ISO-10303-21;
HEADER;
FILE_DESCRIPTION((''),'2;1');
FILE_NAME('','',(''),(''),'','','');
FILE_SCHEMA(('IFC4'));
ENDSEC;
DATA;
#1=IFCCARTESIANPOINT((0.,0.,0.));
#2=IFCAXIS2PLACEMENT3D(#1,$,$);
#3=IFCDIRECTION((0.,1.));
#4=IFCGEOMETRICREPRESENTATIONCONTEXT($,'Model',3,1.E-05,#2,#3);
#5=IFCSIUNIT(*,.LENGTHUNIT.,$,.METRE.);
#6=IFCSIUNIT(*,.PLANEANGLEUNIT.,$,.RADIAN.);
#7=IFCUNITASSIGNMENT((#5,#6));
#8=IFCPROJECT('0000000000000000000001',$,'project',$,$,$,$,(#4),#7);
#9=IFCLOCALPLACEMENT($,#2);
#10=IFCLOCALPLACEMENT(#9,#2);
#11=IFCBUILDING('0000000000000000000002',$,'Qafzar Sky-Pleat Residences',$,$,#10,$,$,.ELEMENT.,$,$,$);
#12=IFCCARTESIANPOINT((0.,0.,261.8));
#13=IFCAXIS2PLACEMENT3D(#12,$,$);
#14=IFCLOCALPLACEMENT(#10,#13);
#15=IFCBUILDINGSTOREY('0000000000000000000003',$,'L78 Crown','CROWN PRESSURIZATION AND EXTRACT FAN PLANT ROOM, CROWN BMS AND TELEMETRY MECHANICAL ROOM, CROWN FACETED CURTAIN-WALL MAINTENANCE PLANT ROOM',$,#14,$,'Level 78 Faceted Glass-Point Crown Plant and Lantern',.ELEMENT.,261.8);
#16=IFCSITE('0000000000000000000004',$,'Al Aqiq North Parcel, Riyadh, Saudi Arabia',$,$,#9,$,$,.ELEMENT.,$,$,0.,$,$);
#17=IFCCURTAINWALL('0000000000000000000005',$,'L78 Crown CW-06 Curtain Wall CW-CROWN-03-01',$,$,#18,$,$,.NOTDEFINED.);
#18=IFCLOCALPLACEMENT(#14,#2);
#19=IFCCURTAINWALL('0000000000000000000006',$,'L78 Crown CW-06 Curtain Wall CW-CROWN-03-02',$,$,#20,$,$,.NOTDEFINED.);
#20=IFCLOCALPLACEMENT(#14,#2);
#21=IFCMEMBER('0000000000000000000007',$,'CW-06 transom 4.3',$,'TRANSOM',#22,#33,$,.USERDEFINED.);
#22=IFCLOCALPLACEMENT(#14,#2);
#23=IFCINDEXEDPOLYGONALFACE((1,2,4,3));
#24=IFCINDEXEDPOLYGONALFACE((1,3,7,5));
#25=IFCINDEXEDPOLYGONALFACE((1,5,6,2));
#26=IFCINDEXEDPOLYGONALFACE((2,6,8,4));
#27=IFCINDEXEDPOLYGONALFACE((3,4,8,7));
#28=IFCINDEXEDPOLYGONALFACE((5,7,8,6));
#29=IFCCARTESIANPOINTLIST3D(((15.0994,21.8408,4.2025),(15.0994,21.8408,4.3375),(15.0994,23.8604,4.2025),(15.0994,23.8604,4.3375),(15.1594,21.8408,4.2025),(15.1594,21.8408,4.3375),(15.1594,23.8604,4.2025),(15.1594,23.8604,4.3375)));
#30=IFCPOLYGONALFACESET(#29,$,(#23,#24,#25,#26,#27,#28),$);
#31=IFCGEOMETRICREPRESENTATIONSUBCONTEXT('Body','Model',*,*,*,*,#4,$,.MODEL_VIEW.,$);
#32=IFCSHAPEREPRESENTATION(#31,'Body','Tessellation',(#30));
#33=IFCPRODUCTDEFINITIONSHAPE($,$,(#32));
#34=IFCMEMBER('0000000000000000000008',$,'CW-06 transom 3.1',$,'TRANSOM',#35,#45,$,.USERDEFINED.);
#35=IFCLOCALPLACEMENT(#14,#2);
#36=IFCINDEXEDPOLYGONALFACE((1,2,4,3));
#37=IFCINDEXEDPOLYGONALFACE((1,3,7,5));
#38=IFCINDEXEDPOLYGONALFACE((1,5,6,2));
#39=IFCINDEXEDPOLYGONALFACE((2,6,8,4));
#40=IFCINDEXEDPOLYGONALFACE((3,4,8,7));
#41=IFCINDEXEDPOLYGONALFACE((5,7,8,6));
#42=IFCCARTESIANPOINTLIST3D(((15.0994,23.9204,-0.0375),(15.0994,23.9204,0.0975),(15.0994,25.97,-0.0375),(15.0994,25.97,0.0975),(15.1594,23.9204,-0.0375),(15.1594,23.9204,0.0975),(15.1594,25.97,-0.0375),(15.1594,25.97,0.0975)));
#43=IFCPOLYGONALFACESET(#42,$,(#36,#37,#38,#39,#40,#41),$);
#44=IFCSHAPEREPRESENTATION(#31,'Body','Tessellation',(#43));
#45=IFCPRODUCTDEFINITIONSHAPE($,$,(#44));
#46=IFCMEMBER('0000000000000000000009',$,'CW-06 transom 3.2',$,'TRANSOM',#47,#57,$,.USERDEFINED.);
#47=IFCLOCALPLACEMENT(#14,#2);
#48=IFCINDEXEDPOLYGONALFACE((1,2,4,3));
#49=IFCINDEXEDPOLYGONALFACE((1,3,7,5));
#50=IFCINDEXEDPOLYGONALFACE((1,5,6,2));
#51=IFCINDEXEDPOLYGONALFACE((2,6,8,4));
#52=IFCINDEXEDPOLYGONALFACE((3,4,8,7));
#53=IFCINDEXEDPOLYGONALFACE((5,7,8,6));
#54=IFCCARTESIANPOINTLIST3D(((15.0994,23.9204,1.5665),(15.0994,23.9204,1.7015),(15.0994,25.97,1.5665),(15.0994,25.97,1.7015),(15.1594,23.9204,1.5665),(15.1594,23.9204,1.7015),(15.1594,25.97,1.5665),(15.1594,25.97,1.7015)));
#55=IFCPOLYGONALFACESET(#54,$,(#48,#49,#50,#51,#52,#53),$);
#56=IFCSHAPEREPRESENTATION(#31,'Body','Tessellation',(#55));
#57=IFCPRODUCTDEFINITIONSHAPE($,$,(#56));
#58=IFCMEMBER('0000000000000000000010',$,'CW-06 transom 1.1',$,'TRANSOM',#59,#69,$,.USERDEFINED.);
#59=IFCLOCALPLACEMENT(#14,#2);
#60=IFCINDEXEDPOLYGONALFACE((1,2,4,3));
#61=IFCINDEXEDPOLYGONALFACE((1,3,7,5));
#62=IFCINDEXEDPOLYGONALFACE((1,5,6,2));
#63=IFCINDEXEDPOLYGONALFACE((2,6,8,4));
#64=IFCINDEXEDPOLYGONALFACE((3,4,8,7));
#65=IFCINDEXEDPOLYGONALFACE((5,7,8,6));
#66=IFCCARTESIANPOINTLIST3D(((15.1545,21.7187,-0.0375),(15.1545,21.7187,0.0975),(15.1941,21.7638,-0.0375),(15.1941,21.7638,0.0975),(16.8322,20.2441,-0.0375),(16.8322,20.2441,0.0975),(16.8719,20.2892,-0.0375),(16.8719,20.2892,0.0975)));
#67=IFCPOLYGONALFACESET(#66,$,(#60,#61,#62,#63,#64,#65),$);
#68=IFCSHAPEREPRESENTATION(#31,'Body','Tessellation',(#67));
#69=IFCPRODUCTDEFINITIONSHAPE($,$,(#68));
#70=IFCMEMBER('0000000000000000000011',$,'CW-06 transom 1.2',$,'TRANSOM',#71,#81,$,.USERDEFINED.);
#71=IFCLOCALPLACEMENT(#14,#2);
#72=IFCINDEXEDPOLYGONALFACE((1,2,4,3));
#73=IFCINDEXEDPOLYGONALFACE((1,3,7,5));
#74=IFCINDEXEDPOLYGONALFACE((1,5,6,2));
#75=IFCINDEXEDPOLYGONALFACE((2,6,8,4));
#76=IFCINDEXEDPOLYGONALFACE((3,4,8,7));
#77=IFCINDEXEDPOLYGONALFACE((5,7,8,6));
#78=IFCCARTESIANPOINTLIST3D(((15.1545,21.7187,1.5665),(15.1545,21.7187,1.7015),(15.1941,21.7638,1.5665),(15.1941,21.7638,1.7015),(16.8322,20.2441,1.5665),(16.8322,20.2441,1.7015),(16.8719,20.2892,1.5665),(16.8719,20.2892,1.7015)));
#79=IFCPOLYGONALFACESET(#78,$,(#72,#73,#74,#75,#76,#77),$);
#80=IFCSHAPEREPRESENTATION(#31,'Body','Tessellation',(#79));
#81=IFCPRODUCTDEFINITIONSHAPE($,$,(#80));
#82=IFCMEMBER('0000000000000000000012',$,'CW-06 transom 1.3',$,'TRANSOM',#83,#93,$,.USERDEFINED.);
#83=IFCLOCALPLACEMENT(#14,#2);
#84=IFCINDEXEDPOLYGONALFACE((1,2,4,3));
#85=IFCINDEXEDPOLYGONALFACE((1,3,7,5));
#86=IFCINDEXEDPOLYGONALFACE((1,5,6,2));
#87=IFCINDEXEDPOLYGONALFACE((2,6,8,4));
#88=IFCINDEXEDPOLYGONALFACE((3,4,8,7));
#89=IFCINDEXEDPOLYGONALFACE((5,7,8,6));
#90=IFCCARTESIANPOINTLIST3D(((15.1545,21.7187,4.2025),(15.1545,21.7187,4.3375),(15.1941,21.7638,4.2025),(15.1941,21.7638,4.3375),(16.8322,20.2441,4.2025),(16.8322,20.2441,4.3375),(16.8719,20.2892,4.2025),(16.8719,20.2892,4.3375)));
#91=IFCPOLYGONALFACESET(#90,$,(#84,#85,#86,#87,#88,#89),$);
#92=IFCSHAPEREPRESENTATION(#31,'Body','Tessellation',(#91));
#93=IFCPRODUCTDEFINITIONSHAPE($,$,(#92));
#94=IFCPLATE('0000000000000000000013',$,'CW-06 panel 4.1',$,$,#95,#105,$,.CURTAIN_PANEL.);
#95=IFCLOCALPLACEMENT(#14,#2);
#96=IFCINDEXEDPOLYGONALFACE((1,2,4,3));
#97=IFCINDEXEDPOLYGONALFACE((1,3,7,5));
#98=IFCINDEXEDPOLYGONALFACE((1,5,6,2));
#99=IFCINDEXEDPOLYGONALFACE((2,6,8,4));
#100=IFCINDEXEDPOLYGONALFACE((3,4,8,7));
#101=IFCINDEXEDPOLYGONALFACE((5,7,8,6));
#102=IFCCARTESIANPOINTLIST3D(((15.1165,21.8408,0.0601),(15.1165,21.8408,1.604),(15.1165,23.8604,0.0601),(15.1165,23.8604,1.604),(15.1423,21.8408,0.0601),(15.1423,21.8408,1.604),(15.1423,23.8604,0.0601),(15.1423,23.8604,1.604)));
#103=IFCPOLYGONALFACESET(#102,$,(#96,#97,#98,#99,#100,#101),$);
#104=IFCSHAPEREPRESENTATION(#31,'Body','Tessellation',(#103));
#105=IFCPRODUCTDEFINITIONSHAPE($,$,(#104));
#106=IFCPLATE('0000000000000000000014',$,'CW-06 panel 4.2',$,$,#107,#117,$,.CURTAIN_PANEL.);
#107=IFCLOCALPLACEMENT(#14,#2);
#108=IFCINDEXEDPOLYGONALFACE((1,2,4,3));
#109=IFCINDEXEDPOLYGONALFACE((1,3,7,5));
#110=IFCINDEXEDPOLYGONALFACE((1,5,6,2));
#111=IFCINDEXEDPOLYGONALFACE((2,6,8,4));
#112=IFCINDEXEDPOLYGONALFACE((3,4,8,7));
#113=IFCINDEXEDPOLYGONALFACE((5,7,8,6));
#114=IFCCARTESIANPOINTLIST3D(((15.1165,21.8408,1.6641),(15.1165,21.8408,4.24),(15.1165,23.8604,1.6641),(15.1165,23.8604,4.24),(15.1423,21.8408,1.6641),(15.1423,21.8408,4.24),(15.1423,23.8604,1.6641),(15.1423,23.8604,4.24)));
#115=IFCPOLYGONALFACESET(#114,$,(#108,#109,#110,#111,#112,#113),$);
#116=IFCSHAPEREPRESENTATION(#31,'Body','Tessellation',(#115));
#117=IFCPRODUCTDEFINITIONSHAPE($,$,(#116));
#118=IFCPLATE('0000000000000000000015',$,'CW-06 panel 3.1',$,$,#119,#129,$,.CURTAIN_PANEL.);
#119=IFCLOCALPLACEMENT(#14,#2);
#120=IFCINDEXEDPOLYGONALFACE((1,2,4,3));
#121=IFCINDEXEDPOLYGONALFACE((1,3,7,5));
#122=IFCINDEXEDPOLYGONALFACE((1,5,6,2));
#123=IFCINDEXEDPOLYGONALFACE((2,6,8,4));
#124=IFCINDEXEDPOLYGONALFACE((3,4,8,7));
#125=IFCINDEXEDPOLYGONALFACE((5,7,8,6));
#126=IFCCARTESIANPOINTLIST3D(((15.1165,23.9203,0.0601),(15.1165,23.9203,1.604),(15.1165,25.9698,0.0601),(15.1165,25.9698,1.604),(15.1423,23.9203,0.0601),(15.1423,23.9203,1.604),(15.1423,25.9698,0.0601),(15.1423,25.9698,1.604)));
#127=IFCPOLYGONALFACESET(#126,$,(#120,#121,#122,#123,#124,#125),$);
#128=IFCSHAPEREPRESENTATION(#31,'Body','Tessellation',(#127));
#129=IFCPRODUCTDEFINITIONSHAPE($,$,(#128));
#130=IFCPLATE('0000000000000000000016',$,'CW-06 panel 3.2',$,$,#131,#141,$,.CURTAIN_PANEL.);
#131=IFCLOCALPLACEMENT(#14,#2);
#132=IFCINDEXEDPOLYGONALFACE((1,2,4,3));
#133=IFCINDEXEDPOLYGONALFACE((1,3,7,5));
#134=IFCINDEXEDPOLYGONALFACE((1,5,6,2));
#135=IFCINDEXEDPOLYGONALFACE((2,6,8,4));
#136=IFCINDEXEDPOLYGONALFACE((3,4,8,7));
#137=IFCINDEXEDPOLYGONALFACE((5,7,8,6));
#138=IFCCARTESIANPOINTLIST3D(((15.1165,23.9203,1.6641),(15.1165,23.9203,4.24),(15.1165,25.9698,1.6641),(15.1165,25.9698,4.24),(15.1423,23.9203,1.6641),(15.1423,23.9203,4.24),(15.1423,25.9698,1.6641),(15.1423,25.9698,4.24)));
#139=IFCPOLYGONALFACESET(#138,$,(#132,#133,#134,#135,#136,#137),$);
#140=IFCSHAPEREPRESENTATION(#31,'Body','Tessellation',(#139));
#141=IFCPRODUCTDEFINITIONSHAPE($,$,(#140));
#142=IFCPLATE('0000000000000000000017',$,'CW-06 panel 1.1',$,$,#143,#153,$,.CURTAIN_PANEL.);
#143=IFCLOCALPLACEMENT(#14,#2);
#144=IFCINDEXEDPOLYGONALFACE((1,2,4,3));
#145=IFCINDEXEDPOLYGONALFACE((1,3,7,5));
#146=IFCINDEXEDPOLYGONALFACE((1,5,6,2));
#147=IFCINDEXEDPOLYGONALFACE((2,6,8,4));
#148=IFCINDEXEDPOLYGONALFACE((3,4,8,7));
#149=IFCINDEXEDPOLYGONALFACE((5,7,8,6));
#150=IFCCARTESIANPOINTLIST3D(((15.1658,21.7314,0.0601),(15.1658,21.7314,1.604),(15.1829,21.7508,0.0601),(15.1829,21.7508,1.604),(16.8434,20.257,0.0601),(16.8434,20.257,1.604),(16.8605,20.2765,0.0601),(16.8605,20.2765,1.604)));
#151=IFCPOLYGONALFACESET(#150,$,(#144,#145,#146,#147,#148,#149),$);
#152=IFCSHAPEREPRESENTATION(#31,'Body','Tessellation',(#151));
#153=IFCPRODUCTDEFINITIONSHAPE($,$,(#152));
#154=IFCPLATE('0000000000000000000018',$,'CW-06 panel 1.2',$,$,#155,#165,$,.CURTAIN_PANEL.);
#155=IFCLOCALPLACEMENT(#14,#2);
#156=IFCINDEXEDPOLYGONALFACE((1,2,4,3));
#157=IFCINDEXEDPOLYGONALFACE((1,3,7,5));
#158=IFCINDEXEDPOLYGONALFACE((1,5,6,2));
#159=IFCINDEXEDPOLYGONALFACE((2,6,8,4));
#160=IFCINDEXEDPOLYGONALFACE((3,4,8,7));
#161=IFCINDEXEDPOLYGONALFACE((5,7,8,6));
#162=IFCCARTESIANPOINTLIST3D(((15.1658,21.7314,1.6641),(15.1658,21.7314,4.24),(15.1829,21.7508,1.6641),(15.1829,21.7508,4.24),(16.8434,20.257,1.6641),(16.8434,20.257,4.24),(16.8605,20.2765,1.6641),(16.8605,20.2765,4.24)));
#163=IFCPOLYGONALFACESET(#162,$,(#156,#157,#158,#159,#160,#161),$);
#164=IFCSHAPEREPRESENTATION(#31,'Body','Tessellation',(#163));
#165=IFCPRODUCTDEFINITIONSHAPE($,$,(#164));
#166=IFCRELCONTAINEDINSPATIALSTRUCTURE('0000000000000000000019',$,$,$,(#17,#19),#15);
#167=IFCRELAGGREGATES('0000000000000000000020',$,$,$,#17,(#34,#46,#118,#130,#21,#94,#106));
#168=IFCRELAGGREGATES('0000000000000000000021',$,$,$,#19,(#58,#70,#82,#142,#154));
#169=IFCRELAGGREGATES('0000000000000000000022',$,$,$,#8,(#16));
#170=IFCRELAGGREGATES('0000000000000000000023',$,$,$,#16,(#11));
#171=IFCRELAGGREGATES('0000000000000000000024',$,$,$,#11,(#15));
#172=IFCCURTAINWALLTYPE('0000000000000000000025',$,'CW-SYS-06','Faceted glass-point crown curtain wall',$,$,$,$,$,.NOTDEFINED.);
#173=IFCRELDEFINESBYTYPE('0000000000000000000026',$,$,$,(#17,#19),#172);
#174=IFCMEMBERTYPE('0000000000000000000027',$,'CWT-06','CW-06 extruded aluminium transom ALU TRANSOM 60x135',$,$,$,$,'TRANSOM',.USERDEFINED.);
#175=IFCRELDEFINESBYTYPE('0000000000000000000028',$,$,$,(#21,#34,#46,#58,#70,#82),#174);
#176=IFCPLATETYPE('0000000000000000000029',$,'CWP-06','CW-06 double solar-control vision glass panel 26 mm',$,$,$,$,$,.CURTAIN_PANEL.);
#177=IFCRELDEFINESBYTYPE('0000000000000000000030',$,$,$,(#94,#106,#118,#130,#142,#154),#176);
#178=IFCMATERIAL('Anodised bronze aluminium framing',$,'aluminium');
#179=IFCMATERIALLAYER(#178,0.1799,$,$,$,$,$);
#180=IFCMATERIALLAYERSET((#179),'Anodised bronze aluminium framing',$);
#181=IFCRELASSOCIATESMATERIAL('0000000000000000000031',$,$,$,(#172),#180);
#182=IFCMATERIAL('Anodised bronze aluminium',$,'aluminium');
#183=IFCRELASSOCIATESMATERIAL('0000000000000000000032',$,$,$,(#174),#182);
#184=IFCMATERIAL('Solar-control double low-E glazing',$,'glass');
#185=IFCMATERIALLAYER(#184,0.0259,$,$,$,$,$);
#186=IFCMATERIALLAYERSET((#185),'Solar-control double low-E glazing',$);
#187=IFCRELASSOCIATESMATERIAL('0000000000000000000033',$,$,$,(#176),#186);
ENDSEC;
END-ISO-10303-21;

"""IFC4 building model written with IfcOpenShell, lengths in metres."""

from ifc_helpers import new_model, si_unit, direction, frame, origin, origin_2d, place, context, subcontext, project, spatial, rectangle, extrude, source, transform, mapped, material, layer, layer_set, material_profile, profile_set, type_object, element, aggregate, save


model = new_model("IFC4")

# Units and contexts
model_context = context("Model", 3, precision=1e-05, world=origin(), true_north=direction((0.0, 1.0)))
body_context = subcontext(model_context, "Body", "Model", "MODEL_VIEW")
ifc_project = project(units=[si_unit("LENGTHUNIT", "METRE"), si_unit("PLANEANGLEUNIT", "RADIAN")], contexts=[model_context])

# Site, building, storey
site_placement = place(None, origin())
site = spatial("IfcSite", under=ifc_project, at=site_placement, Name="Al Aqiq North Parcel, Riyadh, Saudi Arabia", CompositionType="ELEMENT", RefElevation=0.0)
building_placement = place(site_placement, origin())
building = spatial("IfcBuilding", under=site, at=building_placement, Name="Qafzar Sky-Pleat Residences", CompositionType="ELEMENT")
storey_placement = place(building_placement, frame((0.0, 0.0, 261.8)))
storey = spatial("IfcBuildingStorey", under=building, at=storey_placement, Name="L78 Crown", Description="CROWN PRESSURIZATION AND EXTRACT FAN PLANT ROOM, CROWN BMS AND TELEMETRY MECHANICAL ROOM, CROWN FACETED CURTAIN-WALL MAINTENANCE PLANT ROOM", LongName="Level 78 Faceted Glass-Point Crown Plant and Lantern", CompositionType="ELEMENT", Elevation=261.8)

# Curtain walls
ifc_material_1 = material(Name="Anodised bronze aluminium framing", Category="aluminium")
ifc_layer_1 = layer(ifc_material_1, 0.1799)
ifc_layer_set_1 = layer_set([ifc_layer_1], Name="Anodised bronze aluminium framing")
curtain_wall_type = type_object("IfcCurtainWallType", Name="CW-SYS-06", Description="Faceted glass-point crown curtain wall", PredefinedType="NOTDEFINED", material=ifc_layer_set_1)
curtain_wall_1_placement = place(storey_placement, origin())
curtain_wall_1 = element("IfcCurtainWall", 1, at=curtain_wall_1_placement, inside=storey, type_object=curtain_wall_type, Name="L78 Crown CW-06 Curtain Wall CW-CROWN-03-01", PredefinedType="NOTDEFINED")
ifc_material_2 = material(Name="Anodised bronze aluminium", Category="aluminium")
curtain_wall_2_placement = place(storey_placement, origin())
curtain_wall_2 = element("IfcCurtainWall", 2, at=curtain_wall_2_placement, inside=storey, type_object=curtain_wall_type, Name="L78 Crown CW-06 Curtain Wall CW-CROWN-03-02", PredefinedType="NOTDEFINED")

# Members
ifc_material_profile_1 = material_profile(ifc_material_2, rectangle(XDim=0.0601, YDim=0.135, at=origin_2d()), Name="ALU TRANSOM 60x135")
ifc_profile_set_1 = profile_set([ifc_material_profile_1], Name="Anodised bronze aluminium")
member_type_1 = type_object("IfcMemberType", Name="CWT-06", Description="CW-06 extruded aluminium transom ALU TRANSOM 60x135", ElementType="TRANSOM", PredefinedType="USERDEFINED", material=ifc_profile_set_1)
shared_shape_1 = source(origin(), body_context, "Body", "SweptSolid", [
    extrude(rectangle(XDim=0.0601, YDim=0.135, at=origin_2d()), origin(), (0.0, 0.0, 1.0), 2.0195),
])
member_1_placement = place(storey_placement, frame((15.1294, 23.8604, 4.27), z_axis=(0.0, -1.0, 0.0), x_axis=(1.0, 0.0, 0.0)))
member_1 = element("IfcMember", 3, at=member_1_placement, type_object=member_type_1, Name="CW-06 transom 4.3", ObjectType="TRANSOM", PredefinedType="USERDEFINED", context=body_context, shape_type="MappedRepresentation", body=[
    mapped(shared_shape_1, transform((0.0, 0.0, 0.0), x_axis=(1.0, 0.0, 0.0), y_axis=(0.0, 1.0, 0.0), z_axis=(0.0, 0.0, 1.0), scale=1.0)),
])
shared_shape_2 = source(origin(), body_context, "Body", "SweptSolid", [
    extrude(rectangle(XDim=0.0601, YDim=0.135, at=origin_2d()), origin(), (0.0, 0.0, 1.0), 2.0496),
])
member_2_placement = place(storey_placement, frame((15.1294, 25.97, 0.03), z_axis=(0.0, -1.0, 0.0), x_axis=(1.0, 0.0, 0.0)))
member_2 = element("IfcMember", 4, at=member_2_placement, type_object=member_type_1, Name="CW-06 transom 3.1", ObjectType="TRANSOM", PredefinedType="USERDEFINED", context=body_context, shape_type="MappedRepresentation", body=[
    mapped(shared_shape_2, transform((0.0, 0.0, 0.0), x_axis=(1.0, 0.0, 0.0), y_axis=(0.0, 1.0, 0.0), z_axis=(0.0, 0.0, 1.0), scale=1.0)),
])
member_3_placement = place(storey_placement, frame((15.1294, 25.97, 1.634), z_axis=(0.0, -1.0, 0.0), x_axis=(1.0, 0.0, 0.0)))
member_3 = element("IfcMember", 5, at=member_3_placement, type_object=member_type_1, Name="CW-06 transom 3.2", ObjectType="TRANSOM", PredefinedType="USERDEFINED", context=body_context, shape_type="MappedRepresentation", body=[
    mapped(shared_shape_2, transform((0.0, 0.0, 0.0), x_axis=(1.0, 0.0, 0.0), y_axis=(0.0, 1.0, 0.0), z_axis=(0.0, 0.0, 1.0), scale=1.0)),
])
shared_shape_3 = source(origin(), body_context, "Body", "SweptSolid", [
    extrude(rectangle(XDim=0.0601, YDim=0.135, at=origin_2d()), origin(), (0.0, 0.0, 1.0), 2.2336),
])
member_4_placement = place(storey_placement, frame((15.1743, 21.7412, 0.03), z_axis=(0.751112, -0.660174, 0.0), x_axis=(0.660174, 0.751112, 0.0)))
member_4 = element("IfcMember", 6, at=member_4_placement, type_object=member_type_1, Name="CW-06 transom 1.1", ObjectType="TRANSOM", PredefinedType="USERDEFINED", context=body_context, shape_type="MappedRepresentation", body=[
    mapped(shared_shape_3, transform((0.0, 0.0, 0.0), x_axis=(1.0, 0.0, 0.0), y_axis=(0.0, 1.0, 0.0), z_axis=(0.0, 0.0, 1.0), scale=1.0)),
])
member_5_placement = place(storey_placement, frame((15.1743, 21.7412, 1.634), z_axis=(0.751112, -0.660174, 0.0), x_axis=(0.660174, 0.751112, 0.0)))
member_5 = element("IfcMember", 7, at=member_5_placement, type_object=member_type_1, Name="CW-06 transom 1.2", ObjectType="TRANSOM", PredefinedType="USERDEFINED", context=body_context, shape_type="MappedRepresentation", body=[
    mapped(shared_shape_3, transform((0.0, 0.0, 0.0), x_axis=(1.0, 0.0, 0.0), y_axis=(0.0, 1.0, 0.0), z_axis=(0.0, 0.0, 1.0), scale=1.0)),
])
member_6_placement = place(storey_placement, frame((15.1743, 21.7412, 4.27), z_axis=(0.751112, -0.660174, 0.0), x_axis=(0.660174, 0.751112, 0.0)))
member_6 = element("IfcMember", 8, at=member_6_placement, type_object=member_type_1, Name="CW-06 transom 1.3", ObjectType="TRANSOM", PredefinedType="USERDEFINED", context=body_context, shape_type="MappedRepresentation", body=[
    mapped(shared_shape_3, transform((0.0, 0.0, 0.0), x_axis=(1.0, 0.0, 0.0), y_axis=(0.0, 1.0, 0.0), z_axis=(0.0, 0.0, 1.0), scale=1.0)),
])

# Plates
ifc_material_3 = material(Name="Solar-control double low-E glazing", Category="glass")
ifc_layer_2 = layer(ifc_material_3, 0.0259)
ifc_layer_set_2 = layer_set([ifc_layer_2], Name="Solar-control double low-E glazing")
plate_type = type_object("IfcPlateType", Name="CWP-06", Description="CW-06 double solar-control vision glass panel 26 mm", PredefinedType="CURTAIN_PANEL", material=ifc_layer_set_2)
shared_shape_4 = source(origin(), body_context, "Body", "SweptSolid", [
    extrude(rectangle(XDim=2.0195, YDim=0.0259, at=origin_2d()), origin(), (0.0, 0.0, 1.0), 1.5439),
])
plate_1_placement = place(storey_placement, frame((15.1294, 22.8506, 0.0601), z_axis=(0.0, 0.0, 1.0), x_axis=(0.0, -1.0, 0.0)))
plate_1 = element("IfcPlate", 9, at=plate_1_placement, type_object=plate_type, Name="CW-06 panel 4.1", PredefinedType="CURTAIN_PANEL", context=body_context, shape_type="MappedRepresentation", body=[
    mapped(shared_shape_4, transform((0.0, 0.0, 0.0), x_axis=(1.0, 0.0, 0.0), y_axis=(0.0, 1.0, 0.0), z_axis=(0.0, 0.0, 1.0), scale=1.0)),
])
shared_shape_5 = source(origin(), body_context, "Body", "SweptSolid", [
    extrude(rectangle(XDim=2.0195, YDim=0.0259, at=origin_2d()), origin(), (0.0, 0.0, 1.0), 2.5759),
])
plate_2_placement = place(storey_placement, frame((15.1294, 22.8506, 1.6641), z_axis=(0.0, 0.0, 1.0), x_axis=(0.0, -1.0, 0.0)))
plate_2 = element("IfcPlate", 10, at=plate_2_placement, type_object=plate_type, Name="CW-06 panel 4.2", PredefinedType="CURTAIN_PANEL", context=body_context, shape_type="MappedRepresentation", body=[
    mapped(shared_shape_5, transform((0.0, 0.0, 0.0), x_axis=(1.0, 0.0, 0.0), y_axis=(0.0, 1.0, 0.0), z_axis=(0.0, 0.0, 1.0), scale=1.0)),
])
shared_shape_6 = source(origin(), body_context, "Body", "SweptSolid", [
    extrude(rectangle(XDim=2.0496, YDim=0.0259, at=origin_2d()), origin(), (0.0, 0.0, 1.0), 1.5439),
])
plate_3_placement = place(storey_placement, frame((15.1294, 24.9451, 0.0601), z_axis=(0.0, 0.0, 1.0), x_axis=(0.0, -1.0, 0.0)))
plate_3 = element("IfcPlate", 11, at=plate_3_placement, type_object=plate_type, Name="CW-06 panel 3.1", PredefinedType="CURTAIN_PANEL", context=body_context, shape_type="MappedRepresentation", body=[
    mapped(shared_shape_6, transform((0.0, 0.0, 0.0), x_axis=(1.0, 0.0, 0.0), y_axis=(0.0, 1.0, 0.0), z_axis=(0.0, 0.0, 1.0), scale=1.0)),
])
shared_shape_7 = source(origin(), body_context, "Body", "SweptSolid", [
    extrude(rectangle(XDim=2.0496, YDim=0.0259, at=origin_2d()), origin(), (0.0, 0.0, 1.0), 2.5759),
])
plate_4_placement = place(storey_placement, frame((15.1294, 24.9451, 1.6641), z_axis=(0.0, 0.0, 1.0), x_axis=(0.0, -1.0, 0.0)))
plate_4 = element("IfcPlate", 12, at=plate_4_placement, type_object=plate_type, Name="CW-06 panel 3.2", PredefinedType="CURTAIN_PANEL", context=body_context, shape_type="MappedRepresentation", body=[
    mapped(shared_shape_7, transform((0.0, 0.0, 0.0), x_axis=(1.0, 0.0, 0.0), y_axis=(0.0, 1.0, 0.0), z_axis=(0.0, 0.0, 1.0), scale=1.0)),
])
aggregate(curtain_wall_1, [member_2, member_3, plate_3, plate_4, member_1, plate_1, plate_2])
shared_shape_8 = source(origin(), body_context, "Body", "SweptSolid", [
    extrude(rectangle(XDim=2.2334, YDim=0.0259, at=origin_2d()), origin(), (0.0, 0.0, 1.0), 1.5439),
])
plate_5_placement = place(storey_placement, frame((16.0132, 21.0039, 0.0601), z_axis=(0.0, 0.0, 1.0), x_axis=(0.751148, -0.660134, 0.0)))
plate_5 = element("IfcPlate", 13, at=plate_5_placement, type_object=plate_type, Name="CW-06 panel 1.1", PredefinedType="CURTAIN_PANEL", context=body_context, shape_type="MappedRepresentation", body=[
    mapped(shared_shape_8, transform((0.0, 0.0, 0.0), x_axis=(1.0, 0.0, 0.0), y_axis=(0.0, 1.0, 0.0), z_axis=(0.0, 0.0, 1.0), scale=1.0)),
])
shared_shape_9 = source(origin(), body_context, "Body", "SweptSolid", [
    extrude(rectangle(XDim=2.2334, YDim=0.0259, at=origin_2d()), origin(), (0.0, 0.0, 1.0), 2.5759),
])
plate_6_placement = place(storey_placement, frame((16.0132, 21.0039, 1.6641), z_axis=(0.0, 0.0, 1.0), x_axis=(0.751148, -0.660134, 0.0)))
plate_6 = element("IfcPlate", 14, at=plate_6_placement, type_object=plate_type, Name="CW-06 panel 1.2", PredefinedType="CURTAIN_PANEL", context=body_context, shape_type="MappedRepresentation", body=[
    mapped(shared_shape_9, transform((0.0, 0.0, 0.0), x_axis=(1.0, 0.0, 0.0), y_axis=(0.0, 1.0, 0.0), z_axis=(0.0, 0.0, 1.0), scale=1.0)),
])
aggregate(curtain_wall_2, [member_4, member_5, member_6, plate_5, plate_6])

save(model, "model.ifc")
